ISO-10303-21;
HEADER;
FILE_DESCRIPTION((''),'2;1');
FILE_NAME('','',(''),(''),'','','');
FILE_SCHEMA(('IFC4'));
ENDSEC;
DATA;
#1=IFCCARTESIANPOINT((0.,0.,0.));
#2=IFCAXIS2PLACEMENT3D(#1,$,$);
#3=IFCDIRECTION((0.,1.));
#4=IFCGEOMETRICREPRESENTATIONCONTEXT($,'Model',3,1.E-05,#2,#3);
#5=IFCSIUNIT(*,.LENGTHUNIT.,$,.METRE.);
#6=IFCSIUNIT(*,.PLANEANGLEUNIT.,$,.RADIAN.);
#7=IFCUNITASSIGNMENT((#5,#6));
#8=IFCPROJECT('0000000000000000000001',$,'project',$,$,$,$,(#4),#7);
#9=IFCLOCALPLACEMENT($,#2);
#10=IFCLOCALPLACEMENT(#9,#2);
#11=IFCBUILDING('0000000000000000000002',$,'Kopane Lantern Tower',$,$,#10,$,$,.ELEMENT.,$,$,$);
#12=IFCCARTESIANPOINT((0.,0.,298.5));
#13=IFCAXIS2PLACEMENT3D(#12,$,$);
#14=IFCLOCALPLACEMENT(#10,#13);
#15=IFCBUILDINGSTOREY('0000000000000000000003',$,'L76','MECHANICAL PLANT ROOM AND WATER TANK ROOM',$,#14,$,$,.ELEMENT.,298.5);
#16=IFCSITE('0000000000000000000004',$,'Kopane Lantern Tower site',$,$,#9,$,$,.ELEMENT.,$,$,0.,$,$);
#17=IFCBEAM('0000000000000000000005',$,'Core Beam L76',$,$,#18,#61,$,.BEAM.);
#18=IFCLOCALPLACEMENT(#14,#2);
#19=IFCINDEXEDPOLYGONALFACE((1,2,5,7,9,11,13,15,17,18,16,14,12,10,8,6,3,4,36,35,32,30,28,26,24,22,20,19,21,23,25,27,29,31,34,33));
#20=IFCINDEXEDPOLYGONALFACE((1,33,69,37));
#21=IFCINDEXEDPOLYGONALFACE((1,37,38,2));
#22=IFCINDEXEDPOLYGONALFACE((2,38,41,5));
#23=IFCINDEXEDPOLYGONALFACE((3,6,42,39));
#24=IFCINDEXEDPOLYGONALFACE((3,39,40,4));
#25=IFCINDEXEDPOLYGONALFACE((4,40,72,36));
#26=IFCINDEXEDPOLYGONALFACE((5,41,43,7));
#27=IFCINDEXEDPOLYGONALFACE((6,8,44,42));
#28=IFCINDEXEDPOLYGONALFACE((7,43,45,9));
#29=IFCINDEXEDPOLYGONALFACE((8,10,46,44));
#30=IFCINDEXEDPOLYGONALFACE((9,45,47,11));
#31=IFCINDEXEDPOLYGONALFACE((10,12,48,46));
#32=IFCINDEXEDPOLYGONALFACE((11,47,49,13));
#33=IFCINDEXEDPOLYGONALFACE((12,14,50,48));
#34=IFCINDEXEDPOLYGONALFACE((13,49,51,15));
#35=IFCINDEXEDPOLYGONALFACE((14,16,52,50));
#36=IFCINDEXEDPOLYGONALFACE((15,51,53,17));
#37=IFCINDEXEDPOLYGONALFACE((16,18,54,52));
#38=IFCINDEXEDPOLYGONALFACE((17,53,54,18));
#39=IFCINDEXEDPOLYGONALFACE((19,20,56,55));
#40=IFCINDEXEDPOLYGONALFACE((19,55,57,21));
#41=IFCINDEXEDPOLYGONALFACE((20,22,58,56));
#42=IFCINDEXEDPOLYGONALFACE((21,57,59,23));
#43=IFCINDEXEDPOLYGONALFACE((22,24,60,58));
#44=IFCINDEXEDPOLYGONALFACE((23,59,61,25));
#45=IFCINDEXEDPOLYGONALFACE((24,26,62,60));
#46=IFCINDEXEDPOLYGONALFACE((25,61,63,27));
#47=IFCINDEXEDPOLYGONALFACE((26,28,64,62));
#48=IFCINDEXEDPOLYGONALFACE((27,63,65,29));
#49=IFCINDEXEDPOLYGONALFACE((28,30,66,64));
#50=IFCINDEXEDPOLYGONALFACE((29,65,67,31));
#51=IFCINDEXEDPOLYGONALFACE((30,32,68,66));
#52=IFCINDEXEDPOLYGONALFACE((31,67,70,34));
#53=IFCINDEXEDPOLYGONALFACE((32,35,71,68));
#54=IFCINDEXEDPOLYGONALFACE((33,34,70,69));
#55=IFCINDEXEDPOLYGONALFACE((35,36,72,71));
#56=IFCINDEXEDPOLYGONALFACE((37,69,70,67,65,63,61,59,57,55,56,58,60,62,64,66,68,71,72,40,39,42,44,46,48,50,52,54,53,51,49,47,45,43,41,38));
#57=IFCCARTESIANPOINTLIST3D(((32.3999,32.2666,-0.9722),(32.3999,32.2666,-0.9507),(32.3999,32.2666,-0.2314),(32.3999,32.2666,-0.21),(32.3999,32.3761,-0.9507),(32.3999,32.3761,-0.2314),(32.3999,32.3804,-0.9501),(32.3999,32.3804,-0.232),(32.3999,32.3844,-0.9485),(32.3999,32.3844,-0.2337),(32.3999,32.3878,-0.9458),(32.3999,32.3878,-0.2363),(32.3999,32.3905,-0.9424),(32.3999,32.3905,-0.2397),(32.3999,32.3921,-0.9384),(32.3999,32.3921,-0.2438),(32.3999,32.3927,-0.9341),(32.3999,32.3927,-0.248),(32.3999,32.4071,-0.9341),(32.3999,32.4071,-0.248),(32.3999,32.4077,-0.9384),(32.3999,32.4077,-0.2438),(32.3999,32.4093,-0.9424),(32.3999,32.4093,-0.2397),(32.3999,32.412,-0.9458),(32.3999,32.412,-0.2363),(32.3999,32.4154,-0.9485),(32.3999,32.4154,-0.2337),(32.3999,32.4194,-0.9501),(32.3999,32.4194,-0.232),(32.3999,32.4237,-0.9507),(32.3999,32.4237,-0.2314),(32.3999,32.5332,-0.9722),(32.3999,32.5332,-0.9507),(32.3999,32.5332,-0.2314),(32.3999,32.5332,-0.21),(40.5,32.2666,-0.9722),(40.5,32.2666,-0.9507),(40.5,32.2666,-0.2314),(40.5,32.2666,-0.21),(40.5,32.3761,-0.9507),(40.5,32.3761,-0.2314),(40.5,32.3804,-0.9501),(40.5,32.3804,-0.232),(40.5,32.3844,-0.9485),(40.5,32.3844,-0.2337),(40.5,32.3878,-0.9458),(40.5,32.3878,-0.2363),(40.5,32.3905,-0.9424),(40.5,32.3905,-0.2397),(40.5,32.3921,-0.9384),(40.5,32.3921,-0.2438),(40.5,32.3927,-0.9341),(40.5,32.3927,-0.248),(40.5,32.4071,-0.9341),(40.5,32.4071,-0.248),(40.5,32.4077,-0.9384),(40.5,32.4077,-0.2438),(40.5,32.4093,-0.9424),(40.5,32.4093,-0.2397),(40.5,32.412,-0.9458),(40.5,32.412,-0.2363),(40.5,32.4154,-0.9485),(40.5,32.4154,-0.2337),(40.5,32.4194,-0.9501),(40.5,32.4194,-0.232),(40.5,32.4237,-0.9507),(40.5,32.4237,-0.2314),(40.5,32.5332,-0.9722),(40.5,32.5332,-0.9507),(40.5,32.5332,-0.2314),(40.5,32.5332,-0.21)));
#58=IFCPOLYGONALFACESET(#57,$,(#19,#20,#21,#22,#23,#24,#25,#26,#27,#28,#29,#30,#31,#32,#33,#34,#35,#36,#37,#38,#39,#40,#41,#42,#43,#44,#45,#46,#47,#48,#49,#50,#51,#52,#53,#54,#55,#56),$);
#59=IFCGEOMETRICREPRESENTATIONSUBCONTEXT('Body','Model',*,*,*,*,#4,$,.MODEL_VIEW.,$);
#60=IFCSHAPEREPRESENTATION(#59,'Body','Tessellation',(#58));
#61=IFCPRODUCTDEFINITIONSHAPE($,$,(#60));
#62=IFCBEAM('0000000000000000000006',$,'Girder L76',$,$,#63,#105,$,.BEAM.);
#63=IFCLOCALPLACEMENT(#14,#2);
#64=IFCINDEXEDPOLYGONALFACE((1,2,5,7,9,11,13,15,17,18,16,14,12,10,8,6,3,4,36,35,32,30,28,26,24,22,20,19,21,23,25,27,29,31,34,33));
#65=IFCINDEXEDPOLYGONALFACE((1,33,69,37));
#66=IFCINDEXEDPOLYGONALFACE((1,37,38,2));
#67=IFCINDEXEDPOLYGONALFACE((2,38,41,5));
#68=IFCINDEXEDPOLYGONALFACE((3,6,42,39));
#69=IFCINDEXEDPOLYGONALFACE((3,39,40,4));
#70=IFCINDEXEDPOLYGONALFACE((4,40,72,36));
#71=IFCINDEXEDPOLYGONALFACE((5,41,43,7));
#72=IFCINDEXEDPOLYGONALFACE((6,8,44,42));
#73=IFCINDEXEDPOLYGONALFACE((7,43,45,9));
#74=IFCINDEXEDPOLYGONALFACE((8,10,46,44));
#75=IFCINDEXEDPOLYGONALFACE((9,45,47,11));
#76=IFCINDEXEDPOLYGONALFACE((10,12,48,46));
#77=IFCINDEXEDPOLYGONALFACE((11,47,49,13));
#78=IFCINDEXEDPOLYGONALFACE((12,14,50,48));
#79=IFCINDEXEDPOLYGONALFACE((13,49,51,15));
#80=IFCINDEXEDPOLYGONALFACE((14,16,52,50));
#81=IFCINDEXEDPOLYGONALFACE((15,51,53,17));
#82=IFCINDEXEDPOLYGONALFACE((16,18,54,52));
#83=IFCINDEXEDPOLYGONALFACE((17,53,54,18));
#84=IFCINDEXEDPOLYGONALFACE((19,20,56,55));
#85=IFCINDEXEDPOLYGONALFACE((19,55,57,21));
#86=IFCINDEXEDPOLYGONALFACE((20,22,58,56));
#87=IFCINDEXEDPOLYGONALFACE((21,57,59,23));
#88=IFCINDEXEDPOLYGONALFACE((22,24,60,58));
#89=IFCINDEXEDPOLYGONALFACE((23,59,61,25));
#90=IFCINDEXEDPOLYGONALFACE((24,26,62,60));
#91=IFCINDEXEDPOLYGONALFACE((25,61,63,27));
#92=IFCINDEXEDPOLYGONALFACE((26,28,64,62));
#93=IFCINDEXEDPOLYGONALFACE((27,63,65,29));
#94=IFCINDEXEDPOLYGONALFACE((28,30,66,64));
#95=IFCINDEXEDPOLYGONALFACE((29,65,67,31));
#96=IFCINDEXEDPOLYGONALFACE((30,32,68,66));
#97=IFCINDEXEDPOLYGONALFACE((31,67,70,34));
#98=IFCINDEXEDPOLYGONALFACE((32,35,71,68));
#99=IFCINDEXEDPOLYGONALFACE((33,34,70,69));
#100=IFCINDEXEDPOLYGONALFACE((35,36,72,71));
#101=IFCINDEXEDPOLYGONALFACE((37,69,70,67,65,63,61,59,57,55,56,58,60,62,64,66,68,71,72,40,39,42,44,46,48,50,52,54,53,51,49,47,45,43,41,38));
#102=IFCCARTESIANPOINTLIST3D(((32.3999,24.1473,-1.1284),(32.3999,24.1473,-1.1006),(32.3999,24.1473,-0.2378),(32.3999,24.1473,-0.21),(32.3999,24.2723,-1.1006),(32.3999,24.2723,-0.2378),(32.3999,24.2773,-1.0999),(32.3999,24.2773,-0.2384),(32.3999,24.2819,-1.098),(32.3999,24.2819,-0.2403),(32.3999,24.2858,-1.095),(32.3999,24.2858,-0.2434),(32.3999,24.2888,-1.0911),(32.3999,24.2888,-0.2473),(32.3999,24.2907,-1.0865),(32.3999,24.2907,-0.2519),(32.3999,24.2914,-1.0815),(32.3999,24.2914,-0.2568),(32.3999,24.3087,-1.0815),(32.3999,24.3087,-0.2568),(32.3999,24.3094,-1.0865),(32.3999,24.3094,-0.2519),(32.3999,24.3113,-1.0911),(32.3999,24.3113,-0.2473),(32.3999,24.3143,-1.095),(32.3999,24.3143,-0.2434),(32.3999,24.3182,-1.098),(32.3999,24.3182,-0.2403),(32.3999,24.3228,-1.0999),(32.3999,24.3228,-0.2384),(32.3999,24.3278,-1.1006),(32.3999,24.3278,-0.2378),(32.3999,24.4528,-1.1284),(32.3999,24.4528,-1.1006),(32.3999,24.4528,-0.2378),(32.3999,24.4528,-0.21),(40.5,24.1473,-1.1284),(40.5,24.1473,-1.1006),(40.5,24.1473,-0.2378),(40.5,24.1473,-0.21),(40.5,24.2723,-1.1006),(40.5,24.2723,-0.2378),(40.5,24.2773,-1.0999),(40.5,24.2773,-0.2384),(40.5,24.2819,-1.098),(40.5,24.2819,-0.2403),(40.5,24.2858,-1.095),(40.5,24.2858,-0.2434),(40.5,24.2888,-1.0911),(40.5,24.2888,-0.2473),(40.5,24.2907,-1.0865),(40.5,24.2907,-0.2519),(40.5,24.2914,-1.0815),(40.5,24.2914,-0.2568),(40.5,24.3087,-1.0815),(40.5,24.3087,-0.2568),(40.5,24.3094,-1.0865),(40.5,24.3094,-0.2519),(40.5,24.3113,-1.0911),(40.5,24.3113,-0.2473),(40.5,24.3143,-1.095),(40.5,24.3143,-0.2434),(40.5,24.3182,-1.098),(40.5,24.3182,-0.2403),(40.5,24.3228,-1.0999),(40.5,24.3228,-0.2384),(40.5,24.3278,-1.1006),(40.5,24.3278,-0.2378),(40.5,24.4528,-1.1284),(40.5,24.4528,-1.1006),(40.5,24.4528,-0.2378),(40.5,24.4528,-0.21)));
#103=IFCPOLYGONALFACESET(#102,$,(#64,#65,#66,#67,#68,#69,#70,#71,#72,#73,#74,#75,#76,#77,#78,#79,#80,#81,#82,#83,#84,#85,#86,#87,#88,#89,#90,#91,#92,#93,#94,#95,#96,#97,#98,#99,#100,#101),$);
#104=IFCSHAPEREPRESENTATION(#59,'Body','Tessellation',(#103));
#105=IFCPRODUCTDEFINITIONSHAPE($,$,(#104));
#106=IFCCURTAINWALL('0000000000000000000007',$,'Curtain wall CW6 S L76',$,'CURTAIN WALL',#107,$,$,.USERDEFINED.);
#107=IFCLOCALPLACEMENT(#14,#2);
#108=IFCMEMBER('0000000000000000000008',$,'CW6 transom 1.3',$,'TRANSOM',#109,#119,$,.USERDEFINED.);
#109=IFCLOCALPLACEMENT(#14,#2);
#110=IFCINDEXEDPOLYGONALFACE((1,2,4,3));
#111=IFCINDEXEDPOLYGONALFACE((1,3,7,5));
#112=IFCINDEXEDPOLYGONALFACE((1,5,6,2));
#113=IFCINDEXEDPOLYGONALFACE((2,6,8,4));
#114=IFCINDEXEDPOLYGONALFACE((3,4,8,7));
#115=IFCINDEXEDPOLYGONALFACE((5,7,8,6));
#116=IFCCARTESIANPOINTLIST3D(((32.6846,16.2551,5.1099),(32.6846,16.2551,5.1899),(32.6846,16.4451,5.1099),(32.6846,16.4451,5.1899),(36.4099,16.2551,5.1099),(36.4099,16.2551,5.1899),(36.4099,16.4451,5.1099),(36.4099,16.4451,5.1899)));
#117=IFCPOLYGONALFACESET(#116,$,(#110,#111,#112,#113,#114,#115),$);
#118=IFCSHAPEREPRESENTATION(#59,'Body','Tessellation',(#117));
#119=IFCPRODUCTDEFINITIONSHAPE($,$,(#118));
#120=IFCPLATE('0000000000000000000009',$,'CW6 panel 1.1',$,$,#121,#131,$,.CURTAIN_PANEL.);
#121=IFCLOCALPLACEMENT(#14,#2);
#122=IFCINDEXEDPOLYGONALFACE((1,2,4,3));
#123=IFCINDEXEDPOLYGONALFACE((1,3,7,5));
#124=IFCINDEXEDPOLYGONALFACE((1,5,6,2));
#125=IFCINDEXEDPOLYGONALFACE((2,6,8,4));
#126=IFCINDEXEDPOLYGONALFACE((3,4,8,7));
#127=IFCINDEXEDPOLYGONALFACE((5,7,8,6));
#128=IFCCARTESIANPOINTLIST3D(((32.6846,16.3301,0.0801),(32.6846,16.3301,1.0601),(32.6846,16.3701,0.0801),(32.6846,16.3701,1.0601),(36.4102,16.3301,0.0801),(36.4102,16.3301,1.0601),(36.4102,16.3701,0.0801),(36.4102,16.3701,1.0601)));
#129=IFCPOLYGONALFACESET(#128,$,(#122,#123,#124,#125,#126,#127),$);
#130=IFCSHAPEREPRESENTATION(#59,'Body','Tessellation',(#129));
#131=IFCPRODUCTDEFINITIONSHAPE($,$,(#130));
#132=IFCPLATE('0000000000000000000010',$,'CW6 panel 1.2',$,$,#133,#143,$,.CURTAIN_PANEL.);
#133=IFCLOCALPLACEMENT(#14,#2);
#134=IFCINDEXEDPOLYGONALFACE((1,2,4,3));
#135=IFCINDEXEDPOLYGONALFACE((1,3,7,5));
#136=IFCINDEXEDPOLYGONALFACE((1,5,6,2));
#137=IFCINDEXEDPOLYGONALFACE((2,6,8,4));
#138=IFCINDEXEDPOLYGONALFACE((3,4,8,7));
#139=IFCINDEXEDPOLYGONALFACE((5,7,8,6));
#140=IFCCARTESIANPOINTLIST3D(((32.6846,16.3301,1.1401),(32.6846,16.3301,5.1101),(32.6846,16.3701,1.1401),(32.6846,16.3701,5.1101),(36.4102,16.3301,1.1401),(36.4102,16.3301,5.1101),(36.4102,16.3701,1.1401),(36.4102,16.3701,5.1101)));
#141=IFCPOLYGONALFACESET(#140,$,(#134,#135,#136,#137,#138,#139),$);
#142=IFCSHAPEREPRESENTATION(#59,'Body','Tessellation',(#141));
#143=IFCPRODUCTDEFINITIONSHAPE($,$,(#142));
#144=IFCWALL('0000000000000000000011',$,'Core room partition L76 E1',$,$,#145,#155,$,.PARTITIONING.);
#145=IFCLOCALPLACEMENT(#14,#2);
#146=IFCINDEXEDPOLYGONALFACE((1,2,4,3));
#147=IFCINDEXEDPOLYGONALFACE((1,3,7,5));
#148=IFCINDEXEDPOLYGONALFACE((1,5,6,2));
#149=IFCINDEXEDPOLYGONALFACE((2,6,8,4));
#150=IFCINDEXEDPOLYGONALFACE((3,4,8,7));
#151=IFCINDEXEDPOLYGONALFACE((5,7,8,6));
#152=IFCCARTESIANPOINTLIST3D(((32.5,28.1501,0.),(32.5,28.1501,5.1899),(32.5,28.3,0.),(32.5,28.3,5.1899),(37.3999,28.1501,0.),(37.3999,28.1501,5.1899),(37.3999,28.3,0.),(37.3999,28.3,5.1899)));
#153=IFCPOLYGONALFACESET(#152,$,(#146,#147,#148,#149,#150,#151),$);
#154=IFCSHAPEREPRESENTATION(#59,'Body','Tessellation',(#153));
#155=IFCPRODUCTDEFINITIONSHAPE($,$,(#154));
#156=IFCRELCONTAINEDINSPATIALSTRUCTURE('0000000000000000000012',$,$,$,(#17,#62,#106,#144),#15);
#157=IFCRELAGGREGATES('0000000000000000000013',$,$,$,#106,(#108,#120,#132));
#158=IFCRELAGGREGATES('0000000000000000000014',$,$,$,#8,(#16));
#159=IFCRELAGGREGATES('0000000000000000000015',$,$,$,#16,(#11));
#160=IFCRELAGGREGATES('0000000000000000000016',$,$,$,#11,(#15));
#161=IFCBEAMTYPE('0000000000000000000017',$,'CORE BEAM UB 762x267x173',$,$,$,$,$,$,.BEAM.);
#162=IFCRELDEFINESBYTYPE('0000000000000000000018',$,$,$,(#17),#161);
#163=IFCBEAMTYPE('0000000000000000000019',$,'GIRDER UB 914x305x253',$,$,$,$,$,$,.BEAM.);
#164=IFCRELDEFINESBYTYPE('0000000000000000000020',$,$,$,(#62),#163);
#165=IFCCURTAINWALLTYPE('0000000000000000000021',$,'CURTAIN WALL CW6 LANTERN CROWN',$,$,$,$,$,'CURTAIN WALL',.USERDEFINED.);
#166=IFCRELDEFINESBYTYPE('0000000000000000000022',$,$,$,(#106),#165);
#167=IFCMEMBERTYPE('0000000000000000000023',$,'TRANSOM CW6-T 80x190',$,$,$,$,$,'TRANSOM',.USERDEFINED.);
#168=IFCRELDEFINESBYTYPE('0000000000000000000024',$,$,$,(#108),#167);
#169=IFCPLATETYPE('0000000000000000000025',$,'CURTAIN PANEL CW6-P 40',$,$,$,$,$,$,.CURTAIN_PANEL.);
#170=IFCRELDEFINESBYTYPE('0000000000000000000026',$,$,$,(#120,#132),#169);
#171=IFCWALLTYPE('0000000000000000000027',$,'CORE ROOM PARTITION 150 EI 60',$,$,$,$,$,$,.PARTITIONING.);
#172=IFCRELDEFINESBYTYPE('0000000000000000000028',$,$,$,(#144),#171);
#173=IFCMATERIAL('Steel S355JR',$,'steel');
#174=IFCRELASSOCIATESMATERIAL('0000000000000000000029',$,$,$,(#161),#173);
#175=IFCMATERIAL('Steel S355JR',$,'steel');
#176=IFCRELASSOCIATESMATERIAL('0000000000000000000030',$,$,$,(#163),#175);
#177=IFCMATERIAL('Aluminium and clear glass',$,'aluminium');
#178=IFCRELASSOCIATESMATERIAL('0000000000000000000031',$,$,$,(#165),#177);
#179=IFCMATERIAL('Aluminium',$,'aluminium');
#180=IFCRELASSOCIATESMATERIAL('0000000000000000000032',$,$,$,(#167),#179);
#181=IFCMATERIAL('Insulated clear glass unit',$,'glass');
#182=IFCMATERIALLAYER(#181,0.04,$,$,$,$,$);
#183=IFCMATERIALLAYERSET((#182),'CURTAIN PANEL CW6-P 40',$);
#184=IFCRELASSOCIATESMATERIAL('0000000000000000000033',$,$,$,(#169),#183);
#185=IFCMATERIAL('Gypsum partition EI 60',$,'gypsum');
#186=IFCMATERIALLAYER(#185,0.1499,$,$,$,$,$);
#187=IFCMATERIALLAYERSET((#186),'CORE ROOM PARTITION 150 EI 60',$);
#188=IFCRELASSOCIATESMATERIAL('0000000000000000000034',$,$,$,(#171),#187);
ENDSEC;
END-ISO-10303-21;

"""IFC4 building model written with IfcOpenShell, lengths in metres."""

from ifc_helpers import new_model, si_unit, direction, frame, frame_2d, origin, origin_2d, place, context, subcontext, project, spatial, rectangle, i_section, extrude, material, layer, layer_set, material_profile, profile_set, type_object, element, aggregate, save


model = new_model("IFC4")

# Units and contexts
model_context = context("Model", 3, precision=1e-05, world=origin(), true_north=direction((0.0, 1.0)))
body_context = subcontext(model_context, "Body", "Model", "MODEL_VIEW")
ifc_project = project(units=[si_unit("LENGTHUNIT", "METRE"), si_unit("PLANEANGLEUNIT", "RADIAN")], contexts=[model_context])

# Site, building, storey
site_placement = place(None, origin())
site = spatial("IfcSite", under=ifc_project, at=site_placement, Name="Kopane Lantern Tower site", CompositionType="ELEMENT", RefElevation=0.0)
building_placement = place(site_placement, origin())
building = spatial("IfcBuilding", under=site, at=building_placement, Name="Kopane Lantern Tower", CompositionType="ELEMENT")
storey_placement = place(building_placement, frame((0.0, 0.0, 298.5)))
storey = spatial("IfcBuildingStorey", under=building, at=storey_placement, Name="L76", Description="MECHANICAL PLANT ROOM AND WATER TANK ROOM", CompositionType="ELEMENT", Elevation=298.5)

# Beams
ifc_material_1 = material(Name="Steel S355JR", Category="steel")
ifc_material_profile_1 = material_profile(ifc_material_1, i_section(OverallWidth=0.2666, OverallDepth=0.7622, WebThickness=0.0144, FlangeThickness=0.0215, FilletRadius=0.0166, at=origin_2d()), Name="UB 762x267x173")
ifc_profile_set_1 = profile_set([ifc_material_profile_1], Name="Steel S355JR")
beam_type_1 = type_object("IfcBeamType", Name="CORE BEAM UB 762x267x173", PredefinedType="BEAM", material=ifc_profile_set_1)
for number, where, z_axis, x_axis, name in (
    (1, (32.3999, 32.3999, -0.5911), (1.0, 0.0, 0.0), (0.0, 1.0, 0.0), "Core Beam L76"),
):
    element("IfcBeam", number, at=place(storey_placement, frame(where, z_axis=z_axis, x_axis=x_axis)), inside=storey, type_object=beam_type_1, Name=name, PredefinedType="BEAM", context=body_context, shape_type="SweptSolid", body=[
        extrude(i_section(OverallWidth=0.2666, OverallDepth=0.7622, WebThickness=0.0144, FlangeThickness=0.0215, FilletRadius=0.0166, at=origin_2d()), origin(), (0.0, 0.0, 1.0), 8.1001),
    ])
ifc_material_2 = material(Name="Steel S355JR", Category="steel")
ifc_material_profile_2 = material_profile(ifc_material_2, i_section(OverallWidth=0.3054, OverallDepth=0.9185, WebThickness=0.0173, FlangeThickness=0.0278, FilletRadius=0.019, at=origin_2d()), Name="UB 914x305x253")
ifc_profile_set_2 = profile_set([ifc_material_profile_2], Name="Steel S355JR")
beam_type_2 = type_object("IfcBeamType", Name="GIRDER UB 914x305x253", PredefinedType="BEAM", material=ifc_profile_set_2)
beam_1_placement = place(storey_placement, frame((32.3999, 24.3, -0.6692), z_axis=(1.0, 0.0, 0.0), x_axis=(0.0, 1.0, 0.0)))
element("IfcBeam", 2, at=beam_1_placement, inside=storey, type_object=beam_type_2, Name="Girder L76", PredefinedType="BEAM", context=body_context, shape_type="SweptSolid", body=[
    extrude(i_section(OverallWidth=0.3054, OverallDepth=0.9185, WebThickness=0.0173, FlangeThickness=0.0278, FilletRadius=0.019, at=origin_2d()), origin(), (0.0, 0.0, 1.0), 8.1001),
])

# Curtain wall, member, plates
ifc_material_3 = material(Name="Aluminium and clear glass", Category="aluminium")
curtain_wall_type = type_object("IfcCurtainWallType", Name="CURTAIN WALL CW6 LANTERN CROWN", ElementType="CURTAIN WALL", PredefinedType="USERDEFINED", material=ifc_material_3)
curtain_wall_placement = place(storey_placement, origin())
curtain_wall = element("IfcCurtainWall", 3, at=curtain_wall_placement, inside=storey, type_object=curtain_wall_type, Name="Curtain wall CW6 S L76", ObjectType="CURTAIN WALL", PredefinedType="USERDEFINED")
ifc_material_4 = material(Name="Aluminium", Category="aluminium")
ifc_material_profile_3 = material_profile(ifc_material_4, rectangle(XDim=0.1899, YDim=0.0801, at=origin_2d()), Name="AL 190x80")
ifc_profile_set_3 = profile_set([ifc_material_profile_3], Name="Aluminium")
member_type_1 = type_object("IfcMemberType", Name="TRANSOM CW6-T 80x190", ElementType="TRANSOM", PredefinedType="USERDEFINED", material=ifc_profile_set_3)
member_1_placement = place(storey_placement, frame((32.6846, 16.3501, 5.1499), z_axis=(1.0, 0.0, 0.0), x_axis=(0.0, 1.0, 0.0)))
member_1 = element("IfcMember", 4, at=member_1_placement, type_object=member_type_1, Name="CW6 transom 1.3", ObjectType="TRANSOM", PredefinedType="USERDEFINED", context=body_context, shape_type="SweptSolid", body=[
    extrude(rectangle(XDim=0.1899, YDim=0.0801, at=origin_2d()), origin(), (0.0, 0.0, 1.0), 3.7253),
])
ifc_material_5 = material(Name="Insulated clear glass unit", Category="glass")
ifc_layer_1 = layer(ifc_material_5, 0.04)
ifc_layer_set_1 = layer_set([ifc_layer_1], Name="CURTAIN PANEL CW6-P 40")
plate_type = type_object("IfcPlateType", Name="CURTAIN PANEL CW6-P 40", PredefinedType="CURTAIN_PANEL", material=ifc_layer_set_1)
plate_1_placement = place(storey_placement, frame((34.5474, 16.3501, 0.0801), z_axis=(0.0, 0.0, 1.0), x_axis=(1.0, 0.0, 0.0)))
plate_1 = element("IfcPlate", 5, at=plate_1_placement, type_object=plate_type, Name="CW6 panel 1.1", PredefinedType="CURTAIN_PANEL", context=body_context, shape_type="SweptSolid", body=[
    extrude(rectangle(XDim=3.7256, YDim=0.04, at=origin_2d()), origin(), (0.0, 0.0, 1.0), 0.98),
])
plate_2_placement = place(storey_placement, frame((34.5474, 16.3501, 1.1401), z_axis=(0.0, 0.0, 1.0), x_axis=(1.0, 0.0, 0.0)))
plate_2 = element("IfcPlate", 6, at=plate_2_placement, type_object=plate_type, Name="CW6 panel 1.2", PredefinedType="CURTAIN_PANEL", context=body_context, shape_type="SweptSolid", body=[
    extrude(rectangle(XDim=3.7256, YDim=0.04, at=origin_2d()), origin(), (0.0, 0.0, 1.0), 3.97),
])
aggregate(curtain_wall, [member_1, plate_1, plate_2])

# Wall
ifc_material_6 = material(Name="Gypsum partition EI 60", Category="gypsum")
ifc_layer_2 = layer(ifc_material_6, 0.1499)
ifc_layer_set_2 = layer_set([ifc_layer_2], Name="CORE ROOM PARTITION 150 EI 60")
wall_type_1 = type_object("IfcWallType", Name="CORE ROOM PARTITION 150 EI 60", PredefinedType="PARTITIONING", material=ifc_layer_set_2)
wall_1_placement = place(storey_placement, frame((32.5, 28.2251, 0.0), z_axis=(0.0, 0.0, 1.0), x_axis=(1.0, 0.0, 0.0)))
element("IfcWall", 7, at=wall_1_placement, inside=storey, type_object=wall_type_1, Name="Core room partition L76 E1", PredefinedType="PARTITIONING", context=body_context, shape_type="SweptSolid", body=[
    extrude(rectangle(XDim=4.8999, YDim=0.1499, at=frame_2d((2.45, 0.0))), origin(), (0.0, 0.0, 1.0), 5.1899),
])

save(model, "model.ifc")
